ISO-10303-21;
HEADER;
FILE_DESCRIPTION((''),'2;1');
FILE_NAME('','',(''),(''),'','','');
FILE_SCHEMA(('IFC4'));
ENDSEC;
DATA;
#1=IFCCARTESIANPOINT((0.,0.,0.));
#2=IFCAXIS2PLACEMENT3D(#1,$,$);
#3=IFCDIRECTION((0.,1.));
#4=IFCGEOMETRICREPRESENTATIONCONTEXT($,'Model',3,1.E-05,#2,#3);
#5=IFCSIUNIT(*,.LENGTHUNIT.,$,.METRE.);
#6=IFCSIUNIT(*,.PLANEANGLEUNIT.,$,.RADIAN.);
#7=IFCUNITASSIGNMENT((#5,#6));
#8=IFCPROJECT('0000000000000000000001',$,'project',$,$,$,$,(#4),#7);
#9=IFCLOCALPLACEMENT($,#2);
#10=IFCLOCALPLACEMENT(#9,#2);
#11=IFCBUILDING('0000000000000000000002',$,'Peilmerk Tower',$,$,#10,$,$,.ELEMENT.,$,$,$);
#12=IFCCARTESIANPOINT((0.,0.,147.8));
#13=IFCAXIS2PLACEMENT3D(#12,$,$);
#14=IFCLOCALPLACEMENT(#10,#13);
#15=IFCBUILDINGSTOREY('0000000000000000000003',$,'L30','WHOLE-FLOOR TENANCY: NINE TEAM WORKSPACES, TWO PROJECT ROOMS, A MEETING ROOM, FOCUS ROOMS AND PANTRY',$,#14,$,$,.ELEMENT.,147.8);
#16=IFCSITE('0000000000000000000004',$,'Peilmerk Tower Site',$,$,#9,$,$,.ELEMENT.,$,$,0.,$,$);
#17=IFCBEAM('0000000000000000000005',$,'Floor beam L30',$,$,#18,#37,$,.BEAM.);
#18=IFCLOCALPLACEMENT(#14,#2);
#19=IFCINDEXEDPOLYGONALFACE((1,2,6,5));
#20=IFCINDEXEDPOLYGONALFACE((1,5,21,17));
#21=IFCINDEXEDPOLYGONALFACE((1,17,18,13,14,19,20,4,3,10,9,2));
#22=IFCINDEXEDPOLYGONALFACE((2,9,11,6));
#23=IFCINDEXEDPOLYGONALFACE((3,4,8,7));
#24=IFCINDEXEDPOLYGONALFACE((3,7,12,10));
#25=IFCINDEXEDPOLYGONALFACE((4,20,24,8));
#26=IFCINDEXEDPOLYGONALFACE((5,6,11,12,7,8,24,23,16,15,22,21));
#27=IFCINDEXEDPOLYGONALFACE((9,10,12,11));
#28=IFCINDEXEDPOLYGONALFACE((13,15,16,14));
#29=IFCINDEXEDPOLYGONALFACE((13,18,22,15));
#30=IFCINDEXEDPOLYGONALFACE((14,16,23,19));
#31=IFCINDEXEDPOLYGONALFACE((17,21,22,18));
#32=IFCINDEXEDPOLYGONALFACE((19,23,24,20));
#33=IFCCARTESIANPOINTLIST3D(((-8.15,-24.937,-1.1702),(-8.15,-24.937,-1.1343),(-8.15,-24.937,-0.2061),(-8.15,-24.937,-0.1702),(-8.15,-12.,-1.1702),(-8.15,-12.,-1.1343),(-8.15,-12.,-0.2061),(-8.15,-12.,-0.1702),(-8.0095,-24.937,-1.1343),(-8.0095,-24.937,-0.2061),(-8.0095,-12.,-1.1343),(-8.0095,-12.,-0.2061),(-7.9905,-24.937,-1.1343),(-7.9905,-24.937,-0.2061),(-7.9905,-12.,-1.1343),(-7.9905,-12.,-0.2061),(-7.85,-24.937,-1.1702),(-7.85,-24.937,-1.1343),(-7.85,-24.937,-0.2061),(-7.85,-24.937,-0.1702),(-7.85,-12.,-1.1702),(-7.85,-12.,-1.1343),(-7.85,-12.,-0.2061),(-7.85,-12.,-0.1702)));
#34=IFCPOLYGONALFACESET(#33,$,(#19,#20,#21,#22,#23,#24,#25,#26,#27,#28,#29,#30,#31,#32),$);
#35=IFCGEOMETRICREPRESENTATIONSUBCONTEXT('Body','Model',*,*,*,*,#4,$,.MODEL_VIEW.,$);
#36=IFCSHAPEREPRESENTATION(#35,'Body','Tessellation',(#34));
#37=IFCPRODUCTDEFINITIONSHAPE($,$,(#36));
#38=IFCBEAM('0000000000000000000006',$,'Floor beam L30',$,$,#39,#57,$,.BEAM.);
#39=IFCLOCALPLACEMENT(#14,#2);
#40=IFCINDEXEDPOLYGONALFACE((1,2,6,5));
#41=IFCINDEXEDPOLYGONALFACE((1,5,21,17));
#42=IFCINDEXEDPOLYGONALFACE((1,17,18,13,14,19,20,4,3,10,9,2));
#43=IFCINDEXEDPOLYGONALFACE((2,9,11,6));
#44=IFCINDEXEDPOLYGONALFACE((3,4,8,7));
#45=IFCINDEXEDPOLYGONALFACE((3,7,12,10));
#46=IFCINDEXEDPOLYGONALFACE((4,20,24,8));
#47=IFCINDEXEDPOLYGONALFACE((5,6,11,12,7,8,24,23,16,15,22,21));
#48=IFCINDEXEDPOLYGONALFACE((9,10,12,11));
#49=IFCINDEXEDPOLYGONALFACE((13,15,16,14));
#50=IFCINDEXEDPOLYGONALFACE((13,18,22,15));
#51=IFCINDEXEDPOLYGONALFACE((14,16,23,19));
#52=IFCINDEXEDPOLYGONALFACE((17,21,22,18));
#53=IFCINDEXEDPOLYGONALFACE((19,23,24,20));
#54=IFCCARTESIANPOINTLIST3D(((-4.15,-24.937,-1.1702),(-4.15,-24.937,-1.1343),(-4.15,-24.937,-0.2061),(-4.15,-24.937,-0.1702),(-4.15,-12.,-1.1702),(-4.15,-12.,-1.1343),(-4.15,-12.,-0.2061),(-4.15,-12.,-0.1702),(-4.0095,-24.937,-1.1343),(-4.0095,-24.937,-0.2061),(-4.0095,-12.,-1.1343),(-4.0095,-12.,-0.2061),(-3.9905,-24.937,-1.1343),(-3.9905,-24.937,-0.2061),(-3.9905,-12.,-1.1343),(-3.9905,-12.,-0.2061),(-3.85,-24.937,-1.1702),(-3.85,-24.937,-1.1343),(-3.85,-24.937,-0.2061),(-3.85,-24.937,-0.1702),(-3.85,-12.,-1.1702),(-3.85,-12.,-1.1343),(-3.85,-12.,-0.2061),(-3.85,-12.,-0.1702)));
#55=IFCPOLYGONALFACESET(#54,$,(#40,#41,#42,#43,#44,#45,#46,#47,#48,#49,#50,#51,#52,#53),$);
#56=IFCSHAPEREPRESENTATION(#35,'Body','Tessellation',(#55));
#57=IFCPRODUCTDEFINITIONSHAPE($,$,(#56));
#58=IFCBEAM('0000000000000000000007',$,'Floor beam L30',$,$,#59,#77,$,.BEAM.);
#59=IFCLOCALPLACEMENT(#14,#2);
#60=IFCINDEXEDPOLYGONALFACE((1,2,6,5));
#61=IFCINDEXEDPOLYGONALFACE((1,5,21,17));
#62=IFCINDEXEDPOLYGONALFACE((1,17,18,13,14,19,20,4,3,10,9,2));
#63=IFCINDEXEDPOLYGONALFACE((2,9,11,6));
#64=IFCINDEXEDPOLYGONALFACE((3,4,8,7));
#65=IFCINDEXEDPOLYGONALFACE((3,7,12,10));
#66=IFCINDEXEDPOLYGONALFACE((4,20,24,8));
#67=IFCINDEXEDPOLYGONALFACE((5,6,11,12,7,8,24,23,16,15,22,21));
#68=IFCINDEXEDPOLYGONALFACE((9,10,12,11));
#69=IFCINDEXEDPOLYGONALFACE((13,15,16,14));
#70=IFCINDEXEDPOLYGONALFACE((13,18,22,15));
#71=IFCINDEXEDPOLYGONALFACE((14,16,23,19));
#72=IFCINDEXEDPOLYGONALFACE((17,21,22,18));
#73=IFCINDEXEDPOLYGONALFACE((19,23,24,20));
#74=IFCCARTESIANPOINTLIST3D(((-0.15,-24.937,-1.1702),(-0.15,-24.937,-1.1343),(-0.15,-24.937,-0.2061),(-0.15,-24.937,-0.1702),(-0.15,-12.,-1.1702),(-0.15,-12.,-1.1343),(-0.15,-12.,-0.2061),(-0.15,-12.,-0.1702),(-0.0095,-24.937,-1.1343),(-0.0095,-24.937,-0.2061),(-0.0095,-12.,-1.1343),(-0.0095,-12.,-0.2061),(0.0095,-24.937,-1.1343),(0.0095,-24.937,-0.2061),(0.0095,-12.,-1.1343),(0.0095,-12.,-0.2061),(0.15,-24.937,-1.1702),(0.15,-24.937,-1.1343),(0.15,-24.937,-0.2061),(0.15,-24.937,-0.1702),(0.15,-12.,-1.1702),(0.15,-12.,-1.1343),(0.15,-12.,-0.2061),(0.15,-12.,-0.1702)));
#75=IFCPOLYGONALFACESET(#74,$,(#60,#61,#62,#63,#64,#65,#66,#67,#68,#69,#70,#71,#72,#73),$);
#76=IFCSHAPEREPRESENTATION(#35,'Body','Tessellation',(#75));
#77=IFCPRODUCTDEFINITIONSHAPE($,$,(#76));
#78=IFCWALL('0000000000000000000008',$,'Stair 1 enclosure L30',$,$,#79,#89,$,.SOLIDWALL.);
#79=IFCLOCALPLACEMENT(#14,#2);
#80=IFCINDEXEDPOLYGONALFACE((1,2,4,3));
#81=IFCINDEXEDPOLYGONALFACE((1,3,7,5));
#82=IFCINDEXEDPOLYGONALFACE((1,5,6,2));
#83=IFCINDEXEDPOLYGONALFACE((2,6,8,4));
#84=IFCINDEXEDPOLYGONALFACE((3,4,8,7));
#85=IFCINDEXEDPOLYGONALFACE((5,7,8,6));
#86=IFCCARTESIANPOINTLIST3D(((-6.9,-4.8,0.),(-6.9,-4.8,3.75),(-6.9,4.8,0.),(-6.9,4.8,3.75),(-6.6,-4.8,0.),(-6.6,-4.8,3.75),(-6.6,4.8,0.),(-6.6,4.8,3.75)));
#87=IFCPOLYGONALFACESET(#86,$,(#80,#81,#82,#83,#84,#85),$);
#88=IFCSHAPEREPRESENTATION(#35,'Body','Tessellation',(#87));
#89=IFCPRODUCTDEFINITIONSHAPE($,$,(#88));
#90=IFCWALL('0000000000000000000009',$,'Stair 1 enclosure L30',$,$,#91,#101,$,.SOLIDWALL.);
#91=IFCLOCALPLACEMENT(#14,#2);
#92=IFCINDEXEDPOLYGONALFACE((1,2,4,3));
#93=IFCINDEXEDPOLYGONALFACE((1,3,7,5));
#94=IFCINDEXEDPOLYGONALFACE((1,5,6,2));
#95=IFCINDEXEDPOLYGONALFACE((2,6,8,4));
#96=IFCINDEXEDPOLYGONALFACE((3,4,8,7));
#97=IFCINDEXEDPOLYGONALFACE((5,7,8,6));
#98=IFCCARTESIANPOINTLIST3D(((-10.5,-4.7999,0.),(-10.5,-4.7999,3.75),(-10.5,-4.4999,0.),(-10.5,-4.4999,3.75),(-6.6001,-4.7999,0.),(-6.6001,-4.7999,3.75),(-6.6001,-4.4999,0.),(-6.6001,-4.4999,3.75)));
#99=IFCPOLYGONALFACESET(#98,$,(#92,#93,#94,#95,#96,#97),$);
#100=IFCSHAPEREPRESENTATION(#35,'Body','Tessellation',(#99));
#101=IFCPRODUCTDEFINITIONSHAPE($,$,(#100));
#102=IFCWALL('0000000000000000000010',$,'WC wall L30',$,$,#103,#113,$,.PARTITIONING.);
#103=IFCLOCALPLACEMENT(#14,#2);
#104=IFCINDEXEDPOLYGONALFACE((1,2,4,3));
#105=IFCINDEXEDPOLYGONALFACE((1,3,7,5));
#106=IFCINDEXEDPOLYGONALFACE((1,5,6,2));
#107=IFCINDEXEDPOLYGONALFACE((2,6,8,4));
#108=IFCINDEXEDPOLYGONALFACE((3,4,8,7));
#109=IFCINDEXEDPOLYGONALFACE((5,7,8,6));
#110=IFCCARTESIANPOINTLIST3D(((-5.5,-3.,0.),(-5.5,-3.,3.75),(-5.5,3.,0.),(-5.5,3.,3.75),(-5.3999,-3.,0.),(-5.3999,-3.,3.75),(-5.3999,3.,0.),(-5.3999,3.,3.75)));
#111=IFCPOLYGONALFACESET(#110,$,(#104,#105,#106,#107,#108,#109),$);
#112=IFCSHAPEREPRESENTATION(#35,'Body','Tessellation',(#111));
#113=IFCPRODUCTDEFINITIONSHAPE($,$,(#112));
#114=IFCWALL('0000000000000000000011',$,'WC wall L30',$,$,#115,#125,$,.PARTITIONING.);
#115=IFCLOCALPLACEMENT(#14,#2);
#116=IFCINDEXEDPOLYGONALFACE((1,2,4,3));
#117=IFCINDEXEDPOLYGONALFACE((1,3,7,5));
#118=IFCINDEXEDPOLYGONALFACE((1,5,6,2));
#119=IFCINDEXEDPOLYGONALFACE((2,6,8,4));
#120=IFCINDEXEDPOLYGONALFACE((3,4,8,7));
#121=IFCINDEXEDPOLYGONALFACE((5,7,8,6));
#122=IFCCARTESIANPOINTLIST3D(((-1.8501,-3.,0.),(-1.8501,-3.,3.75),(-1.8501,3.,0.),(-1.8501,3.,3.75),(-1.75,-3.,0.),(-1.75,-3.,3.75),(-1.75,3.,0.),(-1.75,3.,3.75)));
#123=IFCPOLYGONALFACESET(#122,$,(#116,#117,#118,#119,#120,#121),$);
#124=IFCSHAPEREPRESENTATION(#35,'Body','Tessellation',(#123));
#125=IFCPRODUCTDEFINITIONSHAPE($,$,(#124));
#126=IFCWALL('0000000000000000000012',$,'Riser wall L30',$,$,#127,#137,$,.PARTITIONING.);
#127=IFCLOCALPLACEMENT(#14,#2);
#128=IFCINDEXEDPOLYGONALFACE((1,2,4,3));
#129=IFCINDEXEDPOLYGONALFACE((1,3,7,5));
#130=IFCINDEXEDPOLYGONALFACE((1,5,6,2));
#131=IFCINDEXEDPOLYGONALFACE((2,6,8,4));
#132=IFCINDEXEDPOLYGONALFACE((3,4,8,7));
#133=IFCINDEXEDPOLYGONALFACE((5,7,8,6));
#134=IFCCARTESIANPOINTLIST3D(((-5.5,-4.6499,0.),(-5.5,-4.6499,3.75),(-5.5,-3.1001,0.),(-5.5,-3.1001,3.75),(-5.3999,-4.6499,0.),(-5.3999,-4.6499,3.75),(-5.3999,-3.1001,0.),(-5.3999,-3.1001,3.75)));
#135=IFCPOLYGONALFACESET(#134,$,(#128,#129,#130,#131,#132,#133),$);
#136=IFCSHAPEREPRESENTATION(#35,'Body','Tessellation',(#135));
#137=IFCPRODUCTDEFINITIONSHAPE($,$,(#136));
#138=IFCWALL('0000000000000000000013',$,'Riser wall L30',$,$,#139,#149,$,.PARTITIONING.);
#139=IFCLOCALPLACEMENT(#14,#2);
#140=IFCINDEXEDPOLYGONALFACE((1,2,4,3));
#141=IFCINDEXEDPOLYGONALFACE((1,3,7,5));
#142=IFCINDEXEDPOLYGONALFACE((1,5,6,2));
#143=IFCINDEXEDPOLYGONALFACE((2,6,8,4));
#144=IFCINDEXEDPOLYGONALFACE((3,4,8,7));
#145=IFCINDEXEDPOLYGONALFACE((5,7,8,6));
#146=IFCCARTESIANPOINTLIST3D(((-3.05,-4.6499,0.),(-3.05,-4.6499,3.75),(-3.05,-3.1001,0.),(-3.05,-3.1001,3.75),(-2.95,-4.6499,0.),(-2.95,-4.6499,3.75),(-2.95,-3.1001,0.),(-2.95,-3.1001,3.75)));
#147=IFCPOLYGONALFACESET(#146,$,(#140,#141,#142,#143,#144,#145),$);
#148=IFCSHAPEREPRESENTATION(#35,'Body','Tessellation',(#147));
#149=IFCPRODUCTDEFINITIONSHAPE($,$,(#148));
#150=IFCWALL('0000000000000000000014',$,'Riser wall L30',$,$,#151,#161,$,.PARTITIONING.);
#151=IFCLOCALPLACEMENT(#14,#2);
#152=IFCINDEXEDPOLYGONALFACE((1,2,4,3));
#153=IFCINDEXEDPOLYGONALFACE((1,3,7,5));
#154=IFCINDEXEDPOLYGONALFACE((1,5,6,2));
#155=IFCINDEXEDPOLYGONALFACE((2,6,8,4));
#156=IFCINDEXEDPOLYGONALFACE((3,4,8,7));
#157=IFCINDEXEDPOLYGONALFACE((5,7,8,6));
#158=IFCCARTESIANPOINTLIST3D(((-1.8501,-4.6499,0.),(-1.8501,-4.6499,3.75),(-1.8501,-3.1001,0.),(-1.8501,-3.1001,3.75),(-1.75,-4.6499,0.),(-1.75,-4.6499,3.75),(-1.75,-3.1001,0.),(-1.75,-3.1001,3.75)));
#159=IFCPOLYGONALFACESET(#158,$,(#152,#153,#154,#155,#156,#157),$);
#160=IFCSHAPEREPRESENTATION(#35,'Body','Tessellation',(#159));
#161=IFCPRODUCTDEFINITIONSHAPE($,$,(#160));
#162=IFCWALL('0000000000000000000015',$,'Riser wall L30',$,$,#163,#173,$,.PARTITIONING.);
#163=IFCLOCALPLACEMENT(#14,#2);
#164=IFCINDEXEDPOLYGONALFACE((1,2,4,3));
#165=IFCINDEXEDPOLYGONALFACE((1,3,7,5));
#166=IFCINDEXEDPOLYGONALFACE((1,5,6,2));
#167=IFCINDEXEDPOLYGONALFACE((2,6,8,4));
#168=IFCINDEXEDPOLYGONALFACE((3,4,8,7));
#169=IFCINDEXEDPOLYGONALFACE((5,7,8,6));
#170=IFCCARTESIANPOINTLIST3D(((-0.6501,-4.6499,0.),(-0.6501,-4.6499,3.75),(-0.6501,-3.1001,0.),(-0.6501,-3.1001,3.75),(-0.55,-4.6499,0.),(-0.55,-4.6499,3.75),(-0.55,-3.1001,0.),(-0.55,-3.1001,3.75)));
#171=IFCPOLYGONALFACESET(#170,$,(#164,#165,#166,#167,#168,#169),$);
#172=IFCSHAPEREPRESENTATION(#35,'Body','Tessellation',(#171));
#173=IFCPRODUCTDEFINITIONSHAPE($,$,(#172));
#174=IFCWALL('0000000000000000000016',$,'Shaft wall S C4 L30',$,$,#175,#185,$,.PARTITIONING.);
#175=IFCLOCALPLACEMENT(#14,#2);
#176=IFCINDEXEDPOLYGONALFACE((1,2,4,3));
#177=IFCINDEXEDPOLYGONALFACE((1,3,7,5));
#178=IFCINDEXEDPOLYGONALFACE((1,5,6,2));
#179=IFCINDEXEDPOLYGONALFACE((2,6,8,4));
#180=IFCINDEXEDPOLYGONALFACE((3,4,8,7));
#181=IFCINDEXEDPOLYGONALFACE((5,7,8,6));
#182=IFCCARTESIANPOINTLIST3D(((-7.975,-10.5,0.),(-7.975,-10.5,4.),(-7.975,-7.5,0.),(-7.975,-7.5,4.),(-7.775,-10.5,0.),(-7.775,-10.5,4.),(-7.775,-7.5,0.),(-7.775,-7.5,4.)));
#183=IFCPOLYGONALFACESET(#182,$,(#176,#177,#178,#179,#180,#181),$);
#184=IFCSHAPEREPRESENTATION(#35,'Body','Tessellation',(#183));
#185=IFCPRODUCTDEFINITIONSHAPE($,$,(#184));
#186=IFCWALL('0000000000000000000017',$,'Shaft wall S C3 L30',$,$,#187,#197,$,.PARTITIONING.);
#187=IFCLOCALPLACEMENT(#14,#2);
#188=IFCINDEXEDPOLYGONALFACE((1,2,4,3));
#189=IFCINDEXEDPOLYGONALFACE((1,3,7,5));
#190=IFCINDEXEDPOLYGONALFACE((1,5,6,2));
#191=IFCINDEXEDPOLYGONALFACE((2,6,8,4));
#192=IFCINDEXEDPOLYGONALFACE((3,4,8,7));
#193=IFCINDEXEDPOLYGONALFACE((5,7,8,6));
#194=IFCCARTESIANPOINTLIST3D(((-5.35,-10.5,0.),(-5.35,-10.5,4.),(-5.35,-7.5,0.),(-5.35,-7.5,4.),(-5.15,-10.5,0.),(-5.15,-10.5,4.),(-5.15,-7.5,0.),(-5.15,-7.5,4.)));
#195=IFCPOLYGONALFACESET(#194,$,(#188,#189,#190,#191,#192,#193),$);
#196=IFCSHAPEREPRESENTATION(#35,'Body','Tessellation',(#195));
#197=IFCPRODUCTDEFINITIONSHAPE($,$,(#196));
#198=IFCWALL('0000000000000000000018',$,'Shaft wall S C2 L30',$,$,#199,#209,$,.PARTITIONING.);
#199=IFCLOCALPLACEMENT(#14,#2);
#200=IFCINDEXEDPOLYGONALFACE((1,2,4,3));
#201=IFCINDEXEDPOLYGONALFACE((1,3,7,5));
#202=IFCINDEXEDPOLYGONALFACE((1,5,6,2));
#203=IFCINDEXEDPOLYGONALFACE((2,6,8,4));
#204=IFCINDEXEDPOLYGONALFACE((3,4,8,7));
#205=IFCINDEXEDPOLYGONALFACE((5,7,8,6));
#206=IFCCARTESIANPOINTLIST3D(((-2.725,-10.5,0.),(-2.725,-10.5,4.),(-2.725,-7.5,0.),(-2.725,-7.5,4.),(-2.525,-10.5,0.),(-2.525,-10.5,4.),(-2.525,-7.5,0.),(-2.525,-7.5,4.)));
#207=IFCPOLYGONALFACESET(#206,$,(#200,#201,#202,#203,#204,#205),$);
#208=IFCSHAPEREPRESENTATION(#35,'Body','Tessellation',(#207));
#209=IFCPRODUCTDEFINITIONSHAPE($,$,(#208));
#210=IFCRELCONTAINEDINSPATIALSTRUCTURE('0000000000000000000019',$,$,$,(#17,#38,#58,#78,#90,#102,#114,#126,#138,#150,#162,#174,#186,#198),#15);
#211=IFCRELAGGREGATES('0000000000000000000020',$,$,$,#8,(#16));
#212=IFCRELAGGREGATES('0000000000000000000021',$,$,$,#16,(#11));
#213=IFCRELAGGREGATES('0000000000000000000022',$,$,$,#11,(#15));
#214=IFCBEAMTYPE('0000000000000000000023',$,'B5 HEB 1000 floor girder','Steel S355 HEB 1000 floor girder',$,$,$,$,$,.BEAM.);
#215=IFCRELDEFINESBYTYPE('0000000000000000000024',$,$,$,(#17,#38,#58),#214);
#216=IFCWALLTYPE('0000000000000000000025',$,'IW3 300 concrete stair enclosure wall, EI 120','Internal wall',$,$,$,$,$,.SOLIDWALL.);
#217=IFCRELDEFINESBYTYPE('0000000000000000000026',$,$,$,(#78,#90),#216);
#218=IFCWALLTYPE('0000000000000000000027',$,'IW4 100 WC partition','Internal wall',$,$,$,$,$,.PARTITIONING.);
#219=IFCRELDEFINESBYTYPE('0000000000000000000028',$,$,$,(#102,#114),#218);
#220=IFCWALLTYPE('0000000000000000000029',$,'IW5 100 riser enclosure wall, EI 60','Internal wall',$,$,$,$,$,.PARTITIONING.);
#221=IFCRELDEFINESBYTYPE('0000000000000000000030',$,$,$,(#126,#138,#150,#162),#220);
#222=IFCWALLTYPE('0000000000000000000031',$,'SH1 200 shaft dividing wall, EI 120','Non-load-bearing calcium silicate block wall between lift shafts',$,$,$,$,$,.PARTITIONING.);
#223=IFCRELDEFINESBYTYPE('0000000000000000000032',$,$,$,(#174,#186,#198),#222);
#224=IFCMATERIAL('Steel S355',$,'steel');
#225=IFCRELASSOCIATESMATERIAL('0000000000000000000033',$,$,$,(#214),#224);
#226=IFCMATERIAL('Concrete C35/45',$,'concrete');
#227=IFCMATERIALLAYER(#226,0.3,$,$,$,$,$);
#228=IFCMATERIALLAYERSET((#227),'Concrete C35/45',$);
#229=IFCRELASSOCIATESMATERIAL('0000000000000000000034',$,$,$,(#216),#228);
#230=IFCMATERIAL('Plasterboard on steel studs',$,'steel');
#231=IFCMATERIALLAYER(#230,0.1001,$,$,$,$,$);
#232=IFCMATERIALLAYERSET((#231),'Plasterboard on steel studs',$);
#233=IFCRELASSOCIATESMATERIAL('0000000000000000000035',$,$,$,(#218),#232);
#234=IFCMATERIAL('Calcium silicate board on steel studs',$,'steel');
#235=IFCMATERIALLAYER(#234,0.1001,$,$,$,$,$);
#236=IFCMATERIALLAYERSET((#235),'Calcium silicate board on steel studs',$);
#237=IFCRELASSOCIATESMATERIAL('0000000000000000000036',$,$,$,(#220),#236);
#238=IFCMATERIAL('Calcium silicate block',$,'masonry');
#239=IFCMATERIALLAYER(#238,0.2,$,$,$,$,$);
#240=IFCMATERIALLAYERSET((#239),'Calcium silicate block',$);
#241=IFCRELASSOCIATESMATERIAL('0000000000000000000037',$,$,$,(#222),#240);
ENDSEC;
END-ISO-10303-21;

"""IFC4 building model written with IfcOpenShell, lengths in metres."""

from ifc_helpers import new_model, si_unit, direction, frame, frame_2d, origin, origin_2d, place, context, subcontext, project, spatial, rectangle, i_section, extrude, material, layer, layer_set, material_profile, profile_set, type_object, element, save


model = new_model("IFC4")

# Units and contexts
model_context = context("Model", 3, precision=1e-05, world=origin(), true_north=direction((0.0, 1.0)))
body_context = subcontext(model_context, "Body", "Model", "MODEL_VIEW")
ifc_project = project(units=[si_unit("LENGTHUNIT", "METRE"), si_unit("PLANEANGLEUNIT", "RADIAN")], contexts=[model_context])

# Site, building, storey
site_placement = place(None, origin())
site = spatial("IfcSite", under=ifc_project, at=site_placement, Name="Peilmerk Tower Site", CompositionType="ELEMENT", RefElevation=0.0)
building_placement = place(site_placement, origin())
building = spatial("IfcBuilding", under=site, at=building_placement, Name="Peilmerk Tower", CompositionType="ELEMENT")
storey_placement = place(building_placement, frame((0.0, 0.0, 147.8)))
storey = spatial("IfcBuildingStorey", under=building, at=storey_placement, Name="L30", Description="WHOLE-FLOOR TENANCY: NINE TEAM WORKSPACES, TWO PROJECT ROOMS, A MEETING ROOM, FOCUS ROOMS AND PANTRY", CompositionType="ELEMENT", Elevation=147.8)

# Beams
ifc_material_1 = material(Name="Steel S355", Category="steel")
ifc_material_profile = material_profile(ifc_material_1, i_section(OverallWidth=0.3, OverallDepth=1.0, WebThickness=0.019, FlangeThickness=0.0359, at=origin_2d()), Name="HEB 1000")
ifc_profile_set = profile_set([ifc_material_profile], Name="Steel S355")
beam_type = type_object("IfcBeamType", Name="B5 HEB 1000 floor girder", Description="Steel S355 HEB 1000 floor girder", PredefinedType="BEAM", material=ifc_profile_set)
for number, where, z_axis, x_axis, name in (
    (1, (-8.0, -12.0, -0.6702), (0.0, -1.0, 0.0), (1.0, 0.0, 0.0), "Floor beam L30"),
    (2, (-4.0, -12.0, -0.6702), (0.0, -1.0, 0.0), (1.0, 0.0, 0.0), "Floor beam L30"),
    (3, (0.0, -12.0, -0.6702), (0.0, -1.0, 0.0), (1.0, 0.0, 0.0), "Floor beam L30"),
):
    element("IfcBeam", number, at=place(storey_placement, frame(where, z_axis=z_axis, x_axis=x_axis)), inside=storey, type_object=beam_type, Name=name, PredefinedType="BEAM", context=body_context, shape_type="SweptSolid", body=[
        extrude(i_section(OverallWidth=0.3, OverallDepth=1.0, WebThickness=0.019, FlangeThickness=0.0359, at=origin_2d()), origin(), (0.0, 0.0, 1.0), 12.937),
    ])

# Walls
ifc_material_2 = material(Name="Concrete C35/45", Category="concrete")
ifc_layer_1 = layer(ifc_material_2, 0.3)
ifc_layer_set_1 = layer_set([ifc_layer_1], Name="Concrete C35/45")
wall_type_1 = type_object("IfcWallType", Name="IW3 300 concrete stair enclosure wall, EI 120", Description="Internal wall", PredefinedType="SOLIDWALL", material=ifc_layer_set_1)
wall_1_placement = place(storey_placement, frame((-6.75, -4.8, 0.0), z_axis=(0.0, 0.0, 1.0), x_axis=(0.0, 1.0, 0.0)))
element("IfcWall", 4, at=wall_1_placement, inside=storey, type_object=wall_type_1, Name="Stair 1 enclosure L30", PredefinedType="SOLIDWALL", context=body_context, shape_type="SweptSolid", body=[
    extrude(rectangle(XDim=9.6001, YDim=0.3, at=frame_2d((4.8, 0.0))), origin(), (0.0, 0.0, 1.0), 3.75),
])
wall_2_placement = place(storey_placement, frame((-6.6001, -4.6499, 0.0), z_axis=(0.0, 0.0, 1.0), x_axis=(-1.0, 0.0, 0.0)))
element("IfcWall", 5, at=wall_2_placement, inside=storey, type_object=wall_type_1, Name="Stair 1 enclosure L30", PredefinedType="SOLIDWALL", context=body_context, shape_type="SweptSolid", body=[
    extrude(rectangle(XDim=3.8999, YDim=0.3, at=frame_2d((1.95, 0.0))), origin(), (0.0, 0.0, 1.0), 3.75),
])
ifc_material_3 = material(Name="Plasterboard on steel studs", Category="steel")
ifc_layer_2 = layer(ifc_material_3, 0.1001)
ifc_layer_set_2 = layer_set([ifc_layer_2], Name="Plasterboard on steel studs")
wall_type_2 = type_object("IfcWallType", Name="IW4 100 WC partition", Description="Internal wall", PredefinedType="PARTITIONING", material=ifc_layer_set_2)
for number, where, z_axis, x_axis, name in (
    (6, (-5.45, -3.0, 0.0), (0.0, 0.0, 1.0), (0.0, 1.0, 0.0), "WC wall L30"),
    (7, (-1.8, -3.0, 0.0), (0.0, 0.0, 1.0), (0.0, 1.0, 0.0), "WC wall L30"),
):
    element("IfcWall", number, at=place(storey_placement, frame(where, z_axis=z_axis, x_axis=x_axis)), inside=storey, type_object=wall_type_2, Name=name, PredefinedType="PARTITIONING", context=body_context, shape_type="SweptSolid", body=[
        extrude(rectangle(XDim=6.0, YDim=0.1001, at=frame_2d((3.0, 0.0))), origin(), (0.0, 0.0, 1.0), 3.75),
    ])
ifc_material_4 = material(Name="Calcium silicate board on steel studs", Category="steel")
ifc_layer_3 = layer(ifc_material_4, 0.1001)
ifc_layer_set_3 = layer_set([ifc_layer_3], Name="Calcium silicate board on steel studs")
wall_type_3 = type_object("IfcWallType", Name="IW5 100 riser enclosure wall, EI 60", Description="Internal wall", PredefinedType="PARTITIONING", material=ifc_layer_set_3)
for number, where, z_axis, x_axis, name in (
    (8, (-5.45, -3.1001, 0.0), (0.0, 0.0, 1.0), (0.0, -1.0, 0.0), "Riser wall L30"),
    (9, (-3.0, -3.1001, 0.0), (0.0, 0.0, 1.0), (0.0, -1.0, 0.0), "Riser wall L30"),
    (10, (-1.8, -3.1001, 0.0), (0.0, 0.0, 1.0), (0.0, -1.0, 0.0), "Riser wall L30"),
    (11, (-0.6001, -3.1001, 0.0), (0.0, 0.0, 1.0), (0.0, -1.0, 0.0), "Riser wall L30"),
):
    element("IfcWall", number, at=place(storey_placement, frame(where, z_axis=z_axis, x_axis=x_axis)), inside=storey, type_object=wall_type_3, Name=name, PredefinedType="PARTITIONING", context=body_context, shape_type="SweptSolid", body=[
        extrude(rectangle(XDim=1.5498, YDim=0.1001, at=frame_2d((0.7749, 0.0))), origin(), (0.0, 0.0, 1.0), 3.75),
    ])
ifc_material_5 = material(Name="Calcium silicate block", Category="masonry")
ifc_layer_4 = layer(ifc_material_5, 0.2)
ifc_layer_set_4 = layer_set([ifc_layer_4], Name="Calcium silicate block")
wall_type_4 = type_object("IfcWallType", Name="SH1 200 shaft dividing wall, EI 120", Description="Non-load-bearing calcium silicate block wall between lift shafts", PredefinedType="PARTITIONING", material=ifc_layer_set_4)
for number, where, z_axis, x_axis, name in (
    (12, (-7.875, -10.5, 0.0), (0.0, 0.0, 1.0), (0.0, 1.0, 0.0), "Shaft wall S C4 L30"),
    (13, (-5.25, -10.5, 0.0), (0.0, 0.0, 1.0), (0.0, 1.0, 0.0), "Shaft wall S C3 L30"),
    (14, (-2.625, -10.5, 0.0), (0.0, 0.0, 1.0), (0.0, 1.0, 0.0), "Shaft wall S C2 L30"),
):
    element("IfcWall", number, at=place(storey_placement, frame(where, z_axis=z_axis, x_axis=x_axis)), inside=storey, type_object=wall_type_4, Name=name, PredefinedType="PARTITIONING", context=body_context, shape_type="SweptSolid", body=[
        extrude(rectangle(XDim=3.0, YDim=0.2, at=frame_2d((1.5, 0.0))), origin(), (0.0, 0.0, 1.0), 4.0),
    ])

save(model, "model.ifc")
